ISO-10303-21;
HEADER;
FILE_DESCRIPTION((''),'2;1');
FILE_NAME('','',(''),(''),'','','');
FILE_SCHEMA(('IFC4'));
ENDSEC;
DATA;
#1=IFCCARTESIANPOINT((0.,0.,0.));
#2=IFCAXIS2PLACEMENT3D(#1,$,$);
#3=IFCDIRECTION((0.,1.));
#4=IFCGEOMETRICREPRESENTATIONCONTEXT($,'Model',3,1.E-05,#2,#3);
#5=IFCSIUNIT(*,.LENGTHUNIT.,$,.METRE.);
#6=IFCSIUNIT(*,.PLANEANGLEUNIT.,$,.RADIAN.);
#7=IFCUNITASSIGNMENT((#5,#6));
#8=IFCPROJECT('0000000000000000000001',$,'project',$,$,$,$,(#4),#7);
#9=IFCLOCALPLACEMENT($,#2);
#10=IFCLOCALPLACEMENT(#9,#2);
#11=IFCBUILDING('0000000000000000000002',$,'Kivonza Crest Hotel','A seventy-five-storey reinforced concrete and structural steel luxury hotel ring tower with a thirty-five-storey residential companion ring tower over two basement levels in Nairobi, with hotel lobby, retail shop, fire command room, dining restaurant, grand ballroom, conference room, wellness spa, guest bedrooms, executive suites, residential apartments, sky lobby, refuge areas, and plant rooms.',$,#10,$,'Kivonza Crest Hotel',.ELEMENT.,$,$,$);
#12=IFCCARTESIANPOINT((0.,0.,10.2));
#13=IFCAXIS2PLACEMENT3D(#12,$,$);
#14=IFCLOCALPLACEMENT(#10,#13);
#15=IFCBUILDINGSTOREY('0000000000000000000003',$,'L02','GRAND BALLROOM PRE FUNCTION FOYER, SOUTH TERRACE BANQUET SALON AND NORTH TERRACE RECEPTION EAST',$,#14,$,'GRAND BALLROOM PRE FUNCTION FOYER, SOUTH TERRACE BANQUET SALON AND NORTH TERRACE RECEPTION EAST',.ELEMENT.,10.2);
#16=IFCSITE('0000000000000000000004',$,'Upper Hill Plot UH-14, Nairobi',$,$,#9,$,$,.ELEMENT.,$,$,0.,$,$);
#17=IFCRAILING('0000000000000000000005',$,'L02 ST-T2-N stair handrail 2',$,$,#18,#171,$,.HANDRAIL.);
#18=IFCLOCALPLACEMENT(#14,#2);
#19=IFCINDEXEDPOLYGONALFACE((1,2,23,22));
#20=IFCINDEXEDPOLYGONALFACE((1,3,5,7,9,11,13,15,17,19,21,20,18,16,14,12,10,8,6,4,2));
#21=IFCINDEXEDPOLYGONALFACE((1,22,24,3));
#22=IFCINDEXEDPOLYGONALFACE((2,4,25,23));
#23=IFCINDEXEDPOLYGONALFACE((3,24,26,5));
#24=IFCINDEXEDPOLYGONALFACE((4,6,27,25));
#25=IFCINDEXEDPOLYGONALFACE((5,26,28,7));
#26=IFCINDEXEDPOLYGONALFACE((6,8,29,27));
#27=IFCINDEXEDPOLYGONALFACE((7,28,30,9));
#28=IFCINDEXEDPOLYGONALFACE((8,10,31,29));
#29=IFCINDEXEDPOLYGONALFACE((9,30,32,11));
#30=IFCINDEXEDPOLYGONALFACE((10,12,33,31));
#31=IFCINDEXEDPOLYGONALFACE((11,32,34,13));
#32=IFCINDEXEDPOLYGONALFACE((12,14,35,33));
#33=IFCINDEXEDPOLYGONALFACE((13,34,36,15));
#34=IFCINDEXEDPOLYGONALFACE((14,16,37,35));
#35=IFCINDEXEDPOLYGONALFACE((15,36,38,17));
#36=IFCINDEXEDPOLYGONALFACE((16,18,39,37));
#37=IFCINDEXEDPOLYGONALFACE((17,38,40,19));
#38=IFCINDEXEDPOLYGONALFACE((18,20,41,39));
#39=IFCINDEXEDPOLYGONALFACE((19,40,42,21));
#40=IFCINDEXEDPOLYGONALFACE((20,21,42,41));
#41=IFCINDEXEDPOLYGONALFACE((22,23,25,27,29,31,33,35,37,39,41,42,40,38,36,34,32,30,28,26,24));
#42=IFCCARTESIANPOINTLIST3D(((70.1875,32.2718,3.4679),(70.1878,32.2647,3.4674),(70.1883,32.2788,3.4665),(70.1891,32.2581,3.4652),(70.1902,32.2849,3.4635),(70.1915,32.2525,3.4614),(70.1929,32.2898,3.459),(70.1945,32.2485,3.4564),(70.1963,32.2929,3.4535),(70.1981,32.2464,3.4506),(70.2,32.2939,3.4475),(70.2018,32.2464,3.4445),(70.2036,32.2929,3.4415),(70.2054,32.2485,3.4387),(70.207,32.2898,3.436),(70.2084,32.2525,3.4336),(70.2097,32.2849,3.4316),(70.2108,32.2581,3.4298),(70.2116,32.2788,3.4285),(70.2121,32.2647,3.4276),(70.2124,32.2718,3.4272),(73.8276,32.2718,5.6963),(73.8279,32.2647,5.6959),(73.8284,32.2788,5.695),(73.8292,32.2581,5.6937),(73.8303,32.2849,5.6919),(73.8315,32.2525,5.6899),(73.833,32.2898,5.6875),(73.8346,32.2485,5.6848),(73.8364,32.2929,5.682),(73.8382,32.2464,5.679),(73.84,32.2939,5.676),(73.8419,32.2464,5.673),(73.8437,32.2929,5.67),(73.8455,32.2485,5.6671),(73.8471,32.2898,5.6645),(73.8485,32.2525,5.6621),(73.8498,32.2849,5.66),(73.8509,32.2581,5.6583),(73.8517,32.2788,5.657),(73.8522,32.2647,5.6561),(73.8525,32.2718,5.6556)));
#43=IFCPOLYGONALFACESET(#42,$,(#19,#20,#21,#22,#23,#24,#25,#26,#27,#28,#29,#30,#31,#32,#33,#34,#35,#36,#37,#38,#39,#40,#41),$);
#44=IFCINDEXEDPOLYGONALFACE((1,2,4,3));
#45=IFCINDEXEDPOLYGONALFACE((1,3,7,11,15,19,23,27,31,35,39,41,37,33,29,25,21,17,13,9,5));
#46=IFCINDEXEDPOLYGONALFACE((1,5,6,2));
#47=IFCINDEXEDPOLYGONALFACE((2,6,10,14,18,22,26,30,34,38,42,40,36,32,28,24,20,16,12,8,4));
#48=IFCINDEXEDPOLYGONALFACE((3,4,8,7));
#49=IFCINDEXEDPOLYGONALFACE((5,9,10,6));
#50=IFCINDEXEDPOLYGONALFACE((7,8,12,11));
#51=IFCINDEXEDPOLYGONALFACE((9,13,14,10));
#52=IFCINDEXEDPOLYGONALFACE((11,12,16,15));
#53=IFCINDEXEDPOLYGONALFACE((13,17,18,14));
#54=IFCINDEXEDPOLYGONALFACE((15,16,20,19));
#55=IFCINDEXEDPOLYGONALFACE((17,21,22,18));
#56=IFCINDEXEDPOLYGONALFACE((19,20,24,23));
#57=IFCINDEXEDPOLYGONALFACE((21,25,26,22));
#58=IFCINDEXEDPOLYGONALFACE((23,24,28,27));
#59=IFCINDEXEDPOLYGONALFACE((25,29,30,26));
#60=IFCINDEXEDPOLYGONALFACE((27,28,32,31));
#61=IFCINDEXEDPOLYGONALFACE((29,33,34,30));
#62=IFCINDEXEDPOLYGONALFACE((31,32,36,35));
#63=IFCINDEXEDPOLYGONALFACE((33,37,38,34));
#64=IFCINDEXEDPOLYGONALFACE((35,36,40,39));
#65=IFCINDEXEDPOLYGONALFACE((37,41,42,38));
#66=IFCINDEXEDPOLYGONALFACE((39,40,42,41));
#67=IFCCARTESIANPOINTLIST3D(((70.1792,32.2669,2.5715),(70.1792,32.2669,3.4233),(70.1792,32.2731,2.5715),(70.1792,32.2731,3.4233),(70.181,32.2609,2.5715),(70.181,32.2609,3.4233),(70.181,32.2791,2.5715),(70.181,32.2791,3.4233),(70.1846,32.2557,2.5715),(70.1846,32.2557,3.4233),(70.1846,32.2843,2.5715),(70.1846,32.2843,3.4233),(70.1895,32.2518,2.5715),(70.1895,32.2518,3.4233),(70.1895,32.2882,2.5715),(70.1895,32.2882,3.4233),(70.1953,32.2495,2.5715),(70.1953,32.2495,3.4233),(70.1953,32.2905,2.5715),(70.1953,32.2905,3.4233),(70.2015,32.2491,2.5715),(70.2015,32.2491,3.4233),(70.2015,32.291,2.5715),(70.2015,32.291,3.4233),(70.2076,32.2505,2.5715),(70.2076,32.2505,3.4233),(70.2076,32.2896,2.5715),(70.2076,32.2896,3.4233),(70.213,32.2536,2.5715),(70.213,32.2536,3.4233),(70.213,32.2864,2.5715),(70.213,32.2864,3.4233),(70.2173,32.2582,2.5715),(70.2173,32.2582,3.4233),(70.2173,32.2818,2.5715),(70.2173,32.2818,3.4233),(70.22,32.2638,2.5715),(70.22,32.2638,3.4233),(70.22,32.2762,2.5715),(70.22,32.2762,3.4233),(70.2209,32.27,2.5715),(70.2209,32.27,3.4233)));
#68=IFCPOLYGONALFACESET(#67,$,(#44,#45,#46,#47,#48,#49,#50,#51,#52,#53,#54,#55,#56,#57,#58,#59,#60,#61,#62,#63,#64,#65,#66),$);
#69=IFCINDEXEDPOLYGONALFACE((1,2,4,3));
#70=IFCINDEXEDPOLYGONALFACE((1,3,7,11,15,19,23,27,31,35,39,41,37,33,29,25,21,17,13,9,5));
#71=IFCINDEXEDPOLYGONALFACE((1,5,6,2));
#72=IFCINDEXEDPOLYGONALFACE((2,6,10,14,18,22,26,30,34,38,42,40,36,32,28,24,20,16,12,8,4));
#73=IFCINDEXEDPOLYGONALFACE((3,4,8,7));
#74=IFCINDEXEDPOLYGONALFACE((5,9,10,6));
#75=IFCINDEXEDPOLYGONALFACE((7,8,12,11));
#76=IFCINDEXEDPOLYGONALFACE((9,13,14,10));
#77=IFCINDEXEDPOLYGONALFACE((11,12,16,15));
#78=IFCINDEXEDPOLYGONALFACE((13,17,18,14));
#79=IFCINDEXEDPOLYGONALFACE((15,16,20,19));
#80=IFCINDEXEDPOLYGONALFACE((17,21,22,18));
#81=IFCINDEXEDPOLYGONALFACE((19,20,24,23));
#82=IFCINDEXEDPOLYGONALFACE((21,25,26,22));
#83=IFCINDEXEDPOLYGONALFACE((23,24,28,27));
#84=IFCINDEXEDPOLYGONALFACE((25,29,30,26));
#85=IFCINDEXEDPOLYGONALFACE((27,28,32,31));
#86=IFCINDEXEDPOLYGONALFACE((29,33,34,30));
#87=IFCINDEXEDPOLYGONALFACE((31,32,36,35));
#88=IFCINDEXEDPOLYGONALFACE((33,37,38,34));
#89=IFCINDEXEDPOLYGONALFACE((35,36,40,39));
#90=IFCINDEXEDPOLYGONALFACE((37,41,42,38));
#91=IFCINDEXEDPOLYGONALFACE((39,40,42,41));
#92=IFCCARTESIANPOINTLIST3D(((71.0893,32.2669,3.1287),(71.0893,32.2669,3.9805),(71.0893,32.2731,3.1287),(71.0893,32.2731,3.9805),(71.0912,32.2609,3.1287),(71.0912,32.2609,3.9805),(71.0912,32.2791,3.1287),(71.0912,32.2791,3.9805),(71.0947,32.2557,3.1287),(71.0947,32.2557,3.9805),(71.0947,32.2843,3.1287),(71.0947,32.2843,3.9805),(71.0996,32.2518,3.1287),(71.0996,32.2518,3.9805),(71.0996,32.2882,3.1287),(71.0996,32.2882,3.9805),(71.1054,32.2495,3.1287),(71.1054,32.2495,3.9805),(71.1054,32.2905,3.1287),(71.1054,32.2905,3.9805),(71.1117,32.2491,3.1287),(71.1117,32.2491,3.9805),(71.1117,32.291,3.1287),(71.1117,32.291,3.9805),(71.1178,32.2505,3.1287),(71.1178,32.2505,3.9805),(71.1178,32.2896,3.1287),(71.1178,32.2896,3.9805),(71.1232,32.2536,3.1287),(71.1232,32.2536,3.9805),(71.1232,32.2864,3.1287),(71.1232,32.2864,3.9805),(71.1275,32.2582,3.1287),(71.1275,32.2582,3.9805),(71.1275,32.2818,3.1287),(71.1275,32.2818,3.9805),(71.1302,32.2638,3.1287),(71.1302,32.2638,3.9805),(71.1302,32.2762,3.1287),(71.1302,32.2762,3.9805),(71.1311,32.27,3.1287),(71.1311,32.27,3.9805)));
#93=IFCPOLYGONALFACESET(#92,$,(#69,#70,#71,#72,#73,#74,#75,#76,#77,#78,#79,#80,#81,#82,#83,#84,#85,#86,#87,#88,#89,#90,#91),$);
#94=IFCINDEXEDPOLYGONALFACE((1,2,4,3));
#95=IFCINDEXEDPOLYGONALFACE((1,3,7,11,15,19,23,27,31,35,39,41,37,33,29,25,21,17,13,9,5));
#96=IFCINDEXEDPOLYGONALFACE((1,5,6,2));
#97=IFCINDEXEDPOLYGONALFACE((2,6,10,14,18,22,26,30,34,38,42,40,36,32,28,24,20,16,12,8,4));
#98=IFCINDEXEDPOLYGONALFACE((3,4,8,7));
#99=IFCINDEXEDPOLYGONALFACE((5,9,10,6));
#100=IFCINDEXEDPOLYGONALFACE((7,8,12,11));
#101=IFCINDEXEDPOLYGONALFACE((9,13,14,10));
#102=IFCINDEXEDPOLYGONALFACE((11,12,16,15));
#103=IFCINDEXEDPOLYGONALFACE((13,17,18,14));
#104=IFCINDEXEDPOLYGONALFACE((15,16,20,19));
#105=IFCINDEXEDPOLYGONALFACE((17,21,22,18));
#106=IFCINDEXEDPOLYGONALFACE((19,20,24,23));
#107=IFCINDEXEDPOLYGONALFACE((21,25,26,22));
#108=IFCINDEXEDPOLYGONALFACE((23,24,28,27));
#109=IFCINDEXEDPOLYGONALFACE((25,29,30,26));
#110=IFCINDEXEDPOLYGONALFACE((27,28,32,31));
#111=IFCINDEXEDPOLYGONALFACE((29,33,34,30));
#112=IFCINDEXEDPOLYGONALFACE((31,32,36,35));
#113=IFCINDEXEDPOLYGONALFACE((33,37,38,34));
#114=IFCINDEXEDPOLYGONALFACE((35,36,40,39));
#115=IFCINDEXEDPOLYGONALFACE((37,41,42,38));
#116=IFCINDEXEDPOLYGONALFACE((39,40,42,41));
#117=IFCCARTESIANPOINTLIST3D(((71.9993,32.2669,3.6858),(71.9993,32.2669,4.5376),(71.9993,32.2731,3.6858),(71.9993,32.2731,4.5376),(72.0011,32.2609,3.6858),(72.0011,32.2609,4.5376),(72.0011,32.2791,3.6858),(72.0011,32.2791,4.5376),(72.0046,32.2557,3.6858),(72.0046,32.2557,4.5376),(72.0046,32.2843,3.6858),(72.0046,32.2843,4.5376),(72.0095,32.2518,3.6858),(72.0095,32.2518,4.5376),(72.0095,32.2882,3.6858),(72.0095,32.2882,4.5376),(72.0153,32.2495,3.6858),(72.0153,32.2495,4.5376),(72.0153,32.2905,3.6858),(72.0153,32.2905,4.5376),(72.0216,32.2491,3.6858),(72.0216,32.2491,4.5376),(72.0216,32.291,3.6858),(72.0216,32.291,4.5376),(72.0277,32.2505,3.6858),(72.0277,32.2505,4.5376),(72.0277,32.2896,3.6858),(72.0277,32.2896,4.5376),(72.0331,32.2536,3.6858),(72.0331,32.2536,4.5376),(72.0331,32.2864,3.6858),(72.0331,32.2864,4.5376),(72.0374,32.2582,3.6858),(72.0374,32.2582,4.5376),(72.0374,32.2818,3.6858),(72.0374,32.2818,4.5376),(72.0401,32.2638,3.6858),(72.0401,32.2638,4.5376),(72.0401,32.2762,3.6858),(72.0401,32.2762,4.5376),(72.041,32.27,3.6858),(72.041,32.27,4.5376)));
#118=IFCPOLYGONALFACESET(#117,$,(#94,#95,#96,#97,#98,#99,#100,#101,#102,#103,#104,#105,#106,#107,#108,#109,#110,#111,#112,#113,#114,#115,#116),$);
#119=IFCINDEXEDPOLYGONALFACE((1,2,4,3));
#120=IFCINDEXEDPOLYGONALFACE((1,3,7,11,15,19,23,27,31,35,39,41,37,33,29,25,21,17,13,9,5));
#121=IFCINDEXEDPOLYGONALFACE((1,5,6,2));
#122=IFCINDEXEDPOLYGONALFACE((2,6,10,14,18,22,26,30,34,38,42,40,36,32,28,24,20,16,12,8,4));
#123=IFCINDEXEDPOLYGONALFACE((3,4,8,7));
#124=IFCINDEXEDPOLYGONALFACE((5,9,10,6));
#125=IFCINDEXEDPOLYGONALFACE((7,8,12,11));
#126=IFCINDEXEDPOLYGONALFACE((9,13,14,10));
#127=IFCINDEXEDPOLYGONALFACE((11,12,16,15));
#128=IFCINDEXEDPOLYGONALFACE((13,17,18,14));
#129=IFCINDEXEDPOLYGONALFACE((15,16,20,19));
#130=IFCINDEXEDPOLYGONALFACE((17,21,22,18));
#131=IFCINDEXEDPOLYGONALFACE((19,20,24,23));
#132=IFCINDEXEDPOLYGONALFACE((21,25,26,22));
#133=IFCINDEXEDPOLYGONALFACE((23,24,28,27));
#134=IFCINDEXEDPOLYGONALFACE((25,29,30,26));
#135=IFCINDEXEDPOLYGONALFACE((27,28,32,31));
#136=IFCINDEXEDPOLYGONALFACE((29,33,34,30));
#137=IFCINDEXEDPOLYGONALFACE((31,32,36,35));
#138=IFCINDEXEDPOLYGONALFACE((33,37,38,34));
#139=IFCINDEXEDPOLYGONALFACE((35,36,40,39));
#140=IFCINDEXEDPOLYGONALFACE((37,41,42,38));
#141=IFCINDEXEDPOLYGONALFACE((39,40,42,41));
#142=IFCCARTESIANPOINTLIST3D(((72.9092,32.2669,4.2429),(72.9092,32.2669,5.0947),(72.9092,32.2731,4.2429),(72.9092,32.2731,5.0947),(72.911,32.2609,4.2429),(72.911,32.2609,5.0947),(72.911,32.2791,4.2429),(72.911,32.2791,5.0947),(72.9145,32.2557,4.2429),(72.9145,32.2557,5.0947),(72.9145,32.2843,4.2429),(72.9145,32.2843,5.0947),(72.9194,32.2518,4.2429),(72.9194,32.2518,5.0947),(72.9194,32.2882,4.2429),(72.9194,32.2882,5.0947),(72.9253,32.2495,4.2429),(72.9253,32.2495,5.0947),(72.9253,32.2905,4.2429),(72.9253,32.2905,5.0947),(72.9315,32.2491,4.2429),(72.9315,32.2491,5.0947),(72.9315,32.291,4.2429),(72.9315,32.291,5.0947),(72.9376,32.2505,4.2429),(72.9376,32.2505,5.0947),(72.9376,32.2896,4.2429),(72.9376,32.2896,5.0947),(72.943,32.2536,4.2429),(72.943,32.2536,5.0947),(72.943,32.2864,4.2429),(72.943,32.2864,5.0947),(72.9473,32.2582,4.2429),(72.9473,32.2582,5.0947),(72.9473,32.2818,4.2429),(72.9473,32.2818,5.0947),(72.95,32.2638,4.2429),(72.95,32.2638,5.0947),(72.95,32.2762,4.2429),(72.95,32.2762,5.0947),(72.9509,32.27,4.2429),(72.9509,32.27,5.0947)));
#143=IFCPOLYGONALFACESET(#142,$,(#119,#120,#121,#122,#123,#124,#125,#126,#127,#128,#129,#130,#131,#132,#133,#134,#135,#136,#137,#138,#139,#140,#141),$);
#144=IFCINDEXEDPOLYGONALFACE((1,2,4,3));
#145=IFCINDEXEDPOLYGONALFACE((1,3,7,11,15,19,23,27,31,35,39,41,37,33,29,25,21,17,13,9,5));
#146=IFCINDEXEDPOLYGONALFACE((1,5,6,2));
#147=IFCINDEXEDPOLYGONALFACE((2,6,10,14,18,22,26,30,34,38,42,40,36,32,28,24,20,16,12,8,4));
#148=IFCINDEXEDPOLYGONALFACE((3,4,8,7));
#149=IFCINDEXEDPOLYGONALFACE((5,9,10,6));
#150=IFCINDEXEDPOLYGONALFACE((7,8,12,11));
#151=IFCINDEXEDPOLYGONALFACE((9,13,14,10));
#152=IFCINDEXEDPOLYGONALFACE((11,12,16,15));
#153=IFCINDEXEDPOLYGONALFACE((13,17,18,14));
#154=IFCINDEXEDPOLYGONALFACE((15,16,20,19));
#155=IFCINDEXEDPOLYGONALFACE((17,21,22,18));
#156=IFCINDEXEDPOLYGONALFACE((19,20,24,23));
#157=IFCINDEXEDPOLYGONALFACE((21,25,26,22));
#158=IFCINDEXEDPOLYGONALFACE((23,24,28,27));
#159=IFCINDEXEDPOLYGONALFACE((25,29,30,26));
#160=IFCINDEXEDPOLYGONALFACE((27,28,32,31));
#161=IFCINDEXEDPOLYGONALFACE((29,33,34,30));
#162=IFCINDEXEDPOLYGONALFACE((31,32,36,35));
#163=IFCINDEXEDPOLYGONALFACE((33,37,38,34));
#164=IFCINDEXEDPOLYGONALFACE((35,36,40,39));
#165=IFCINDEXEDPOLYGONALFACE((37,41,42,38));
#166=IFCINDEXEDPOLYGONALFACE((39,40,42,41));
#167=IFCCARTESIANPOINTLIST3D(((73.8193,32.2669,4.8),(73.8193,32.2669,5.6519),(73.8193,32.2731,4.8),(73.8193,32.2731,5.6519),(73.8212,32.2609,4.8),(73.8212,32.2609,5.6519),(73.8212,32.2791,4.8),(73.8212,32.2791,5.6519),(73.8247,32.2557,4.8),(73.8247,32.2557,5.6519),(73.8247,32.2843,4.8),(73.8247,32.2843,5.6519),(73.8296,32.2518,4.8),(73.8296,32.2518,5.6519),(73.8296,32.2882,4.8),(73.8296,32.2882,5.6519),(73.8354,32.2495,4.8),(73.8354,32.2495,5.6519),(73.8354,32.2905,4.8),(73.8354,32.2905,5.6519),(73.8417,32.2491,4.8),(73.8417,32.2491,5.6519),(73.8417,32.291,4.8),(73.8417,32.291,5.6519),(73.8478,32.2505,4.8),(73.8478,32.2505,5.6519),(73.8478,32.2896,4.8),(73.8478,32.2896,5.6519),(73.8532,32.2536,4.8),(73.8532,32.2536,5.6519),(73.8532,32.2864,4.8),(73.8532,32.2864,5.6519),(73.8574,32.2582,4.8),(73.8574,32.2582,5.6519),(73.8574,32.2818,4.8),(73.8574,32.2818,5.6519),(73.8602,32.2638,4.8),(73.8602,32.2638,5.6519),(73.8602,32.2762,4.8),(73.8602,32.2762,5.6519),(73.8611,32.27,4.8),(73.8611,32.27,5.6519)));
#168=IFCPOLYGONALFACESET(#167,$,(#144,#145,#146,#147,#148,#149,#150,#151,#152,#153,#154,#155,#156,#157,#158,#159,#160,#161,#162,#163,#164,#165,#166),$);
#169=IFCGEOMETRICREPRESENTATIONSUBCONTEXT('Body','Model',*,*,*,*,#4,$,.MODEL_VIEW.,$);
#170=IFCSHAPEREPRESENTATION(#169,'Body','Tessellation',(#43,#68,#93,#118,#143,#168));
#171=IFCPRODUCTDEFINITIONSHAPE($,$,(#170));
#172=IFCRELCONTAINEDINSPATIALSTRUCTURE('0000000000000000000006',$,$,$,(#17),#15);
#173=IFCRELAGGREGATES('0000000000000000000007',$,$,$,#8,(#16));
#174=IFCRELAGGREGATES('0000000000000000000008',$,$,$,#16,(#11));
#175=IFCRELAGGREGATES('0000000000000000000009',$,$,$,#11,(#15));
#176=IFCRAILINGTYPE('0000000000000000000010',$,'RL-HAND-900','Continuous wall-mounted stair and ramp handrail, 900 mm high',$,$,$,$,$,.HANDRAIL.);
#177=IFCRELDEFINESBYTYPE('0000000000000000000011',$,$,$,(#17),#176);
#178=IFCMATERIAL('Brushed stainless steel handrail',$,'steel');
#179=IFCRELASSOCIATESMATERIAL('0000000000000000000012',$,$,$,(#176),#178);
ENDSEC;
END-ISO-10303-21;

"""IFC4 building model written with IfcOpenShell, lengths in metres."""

from ifc_helpers import new_model, si_unit, direction, frame, origin, origin_2d, place, context, subcontext, project, spatial, circle, extrude, material, type_object, element, save


model = new_model("IFC4")

# Units and contexts
model_context = context("Model", 3, precision=1e-05, world=origin(), true_north=direction((0.0, 1.0)))
body_context = subcontext(model_context, "Body", "Model", "MODEL_VIEW")
ifc_project = project(units=[si_unit("LENGTHUNIT", "METRE"), si_unit("PLANEANGLEUNIT", "RADIAN")], contexts=[model_context])

# Site, building, storey
site_placement = place(None, origin())
site = spatial("IfcSite", under=ifc_project, at=site_placement, Name="Upper Hill Plot UH-14, Nairobi", CompositionType="ELEMENT", RefElevation=0.0)
building_placement = place(site_placement, origin())
building = spatial("IfcBuilding", under=site, at=building_placement, Name="Kivonza Crest Hotel", Description="A seventy-five-storey reinforced concrete and structural steel luxury hotel ring tower with a thirty-five-storey residential companion ring tower over two basement levels in Nairobi, with hotel lobby, retail shop, fire command room, dining restaurant, grand ballroom, conference room, wellness spa, guest bedrooms, executive suites, residential apartments, sky lobby, refuge areas, and plant rooms.", LongName="Kivonza Crest Hotel", CompositionType="ELEMENT")
storey_placement = place(building_placement, frame((0.0, 0.0, 10.2)))
storey = spatial("IfcBuildingStorey", under=building, at=storey_placement, Name="L02", Description="GRAND BALLROOM PRE FUNCTION FOYER, SOUTH TERRACE BANQUET SALON AND NORTH TERRACE RECEPTION EAST", LongName="GRAND BALLROOM PRE FUNCTION FOYER, SOUTH TERRACE BANQUET SALON AND NORTH TERRACE RECEPTION EAST", CompositionType="ELEMENT", Elevation=10.2)

# Railing
ifc_material_1 = material(Name="Brushed stainless steel handrail", Category="steel")
railing_type_1 = type_object("IfcRailingType", Name="RL-HAND-900", Description="Continuous wall-mounted stair and ramp handrail, 900 mm high", PredefinedType="HANDRAIL", material=ifc_material_1)
railing_1_placement = place(storey_placement, frame((70.2, 32.27, 2.5715)))
element("IfcRailing", 1, at=railing_1_placement, inside=storey, type_object=railing_type_1, Name="L02 ST-T2-N stair handrail 2", PredefinedType="HANDRAIL", context=body_context, shape_type="SweptSolid", body=[
    extrude(circle(Radius=0.0239, at=origin_2d()), frame((0.0, 0.0, 0.876), z_axis=(0.852866, 0.0, 0.52213), x_axis=(0.0, 1.0, 0.0)), (0.0, 0.0, 1.0), 4.2681),
    extrude(circle(Radius=0.021, at=origin_2d()), origin(), (0.0, 0.0, 1.0), 0.8518),
    extrude(circle(Radius=0.021, at=origin_2d()), frame((0.9102, 0.0, 0.5571)), (0.0, 0.0, 1.0), 0.8518),
    extrude(circle(Radius=0.021, at=origin_2d()), frame((1.8201, 0.0, 1.1143)), (0.0, 0.0, 1.0), 0.8518),
    extrude(circle(Radius=0.021, at=origin_2d()), frame((2.73, 0.0, 1.6714)), (0.0, 0.0, 1.0), 0.8518),
    extrude(circle(Radius=0.021, at=origin_2d()), frame((3.6401, 0.0, 2.2285)), (0.0, 0.0, 1.0), 0.8518),
])

save(model, "model.ifc")
